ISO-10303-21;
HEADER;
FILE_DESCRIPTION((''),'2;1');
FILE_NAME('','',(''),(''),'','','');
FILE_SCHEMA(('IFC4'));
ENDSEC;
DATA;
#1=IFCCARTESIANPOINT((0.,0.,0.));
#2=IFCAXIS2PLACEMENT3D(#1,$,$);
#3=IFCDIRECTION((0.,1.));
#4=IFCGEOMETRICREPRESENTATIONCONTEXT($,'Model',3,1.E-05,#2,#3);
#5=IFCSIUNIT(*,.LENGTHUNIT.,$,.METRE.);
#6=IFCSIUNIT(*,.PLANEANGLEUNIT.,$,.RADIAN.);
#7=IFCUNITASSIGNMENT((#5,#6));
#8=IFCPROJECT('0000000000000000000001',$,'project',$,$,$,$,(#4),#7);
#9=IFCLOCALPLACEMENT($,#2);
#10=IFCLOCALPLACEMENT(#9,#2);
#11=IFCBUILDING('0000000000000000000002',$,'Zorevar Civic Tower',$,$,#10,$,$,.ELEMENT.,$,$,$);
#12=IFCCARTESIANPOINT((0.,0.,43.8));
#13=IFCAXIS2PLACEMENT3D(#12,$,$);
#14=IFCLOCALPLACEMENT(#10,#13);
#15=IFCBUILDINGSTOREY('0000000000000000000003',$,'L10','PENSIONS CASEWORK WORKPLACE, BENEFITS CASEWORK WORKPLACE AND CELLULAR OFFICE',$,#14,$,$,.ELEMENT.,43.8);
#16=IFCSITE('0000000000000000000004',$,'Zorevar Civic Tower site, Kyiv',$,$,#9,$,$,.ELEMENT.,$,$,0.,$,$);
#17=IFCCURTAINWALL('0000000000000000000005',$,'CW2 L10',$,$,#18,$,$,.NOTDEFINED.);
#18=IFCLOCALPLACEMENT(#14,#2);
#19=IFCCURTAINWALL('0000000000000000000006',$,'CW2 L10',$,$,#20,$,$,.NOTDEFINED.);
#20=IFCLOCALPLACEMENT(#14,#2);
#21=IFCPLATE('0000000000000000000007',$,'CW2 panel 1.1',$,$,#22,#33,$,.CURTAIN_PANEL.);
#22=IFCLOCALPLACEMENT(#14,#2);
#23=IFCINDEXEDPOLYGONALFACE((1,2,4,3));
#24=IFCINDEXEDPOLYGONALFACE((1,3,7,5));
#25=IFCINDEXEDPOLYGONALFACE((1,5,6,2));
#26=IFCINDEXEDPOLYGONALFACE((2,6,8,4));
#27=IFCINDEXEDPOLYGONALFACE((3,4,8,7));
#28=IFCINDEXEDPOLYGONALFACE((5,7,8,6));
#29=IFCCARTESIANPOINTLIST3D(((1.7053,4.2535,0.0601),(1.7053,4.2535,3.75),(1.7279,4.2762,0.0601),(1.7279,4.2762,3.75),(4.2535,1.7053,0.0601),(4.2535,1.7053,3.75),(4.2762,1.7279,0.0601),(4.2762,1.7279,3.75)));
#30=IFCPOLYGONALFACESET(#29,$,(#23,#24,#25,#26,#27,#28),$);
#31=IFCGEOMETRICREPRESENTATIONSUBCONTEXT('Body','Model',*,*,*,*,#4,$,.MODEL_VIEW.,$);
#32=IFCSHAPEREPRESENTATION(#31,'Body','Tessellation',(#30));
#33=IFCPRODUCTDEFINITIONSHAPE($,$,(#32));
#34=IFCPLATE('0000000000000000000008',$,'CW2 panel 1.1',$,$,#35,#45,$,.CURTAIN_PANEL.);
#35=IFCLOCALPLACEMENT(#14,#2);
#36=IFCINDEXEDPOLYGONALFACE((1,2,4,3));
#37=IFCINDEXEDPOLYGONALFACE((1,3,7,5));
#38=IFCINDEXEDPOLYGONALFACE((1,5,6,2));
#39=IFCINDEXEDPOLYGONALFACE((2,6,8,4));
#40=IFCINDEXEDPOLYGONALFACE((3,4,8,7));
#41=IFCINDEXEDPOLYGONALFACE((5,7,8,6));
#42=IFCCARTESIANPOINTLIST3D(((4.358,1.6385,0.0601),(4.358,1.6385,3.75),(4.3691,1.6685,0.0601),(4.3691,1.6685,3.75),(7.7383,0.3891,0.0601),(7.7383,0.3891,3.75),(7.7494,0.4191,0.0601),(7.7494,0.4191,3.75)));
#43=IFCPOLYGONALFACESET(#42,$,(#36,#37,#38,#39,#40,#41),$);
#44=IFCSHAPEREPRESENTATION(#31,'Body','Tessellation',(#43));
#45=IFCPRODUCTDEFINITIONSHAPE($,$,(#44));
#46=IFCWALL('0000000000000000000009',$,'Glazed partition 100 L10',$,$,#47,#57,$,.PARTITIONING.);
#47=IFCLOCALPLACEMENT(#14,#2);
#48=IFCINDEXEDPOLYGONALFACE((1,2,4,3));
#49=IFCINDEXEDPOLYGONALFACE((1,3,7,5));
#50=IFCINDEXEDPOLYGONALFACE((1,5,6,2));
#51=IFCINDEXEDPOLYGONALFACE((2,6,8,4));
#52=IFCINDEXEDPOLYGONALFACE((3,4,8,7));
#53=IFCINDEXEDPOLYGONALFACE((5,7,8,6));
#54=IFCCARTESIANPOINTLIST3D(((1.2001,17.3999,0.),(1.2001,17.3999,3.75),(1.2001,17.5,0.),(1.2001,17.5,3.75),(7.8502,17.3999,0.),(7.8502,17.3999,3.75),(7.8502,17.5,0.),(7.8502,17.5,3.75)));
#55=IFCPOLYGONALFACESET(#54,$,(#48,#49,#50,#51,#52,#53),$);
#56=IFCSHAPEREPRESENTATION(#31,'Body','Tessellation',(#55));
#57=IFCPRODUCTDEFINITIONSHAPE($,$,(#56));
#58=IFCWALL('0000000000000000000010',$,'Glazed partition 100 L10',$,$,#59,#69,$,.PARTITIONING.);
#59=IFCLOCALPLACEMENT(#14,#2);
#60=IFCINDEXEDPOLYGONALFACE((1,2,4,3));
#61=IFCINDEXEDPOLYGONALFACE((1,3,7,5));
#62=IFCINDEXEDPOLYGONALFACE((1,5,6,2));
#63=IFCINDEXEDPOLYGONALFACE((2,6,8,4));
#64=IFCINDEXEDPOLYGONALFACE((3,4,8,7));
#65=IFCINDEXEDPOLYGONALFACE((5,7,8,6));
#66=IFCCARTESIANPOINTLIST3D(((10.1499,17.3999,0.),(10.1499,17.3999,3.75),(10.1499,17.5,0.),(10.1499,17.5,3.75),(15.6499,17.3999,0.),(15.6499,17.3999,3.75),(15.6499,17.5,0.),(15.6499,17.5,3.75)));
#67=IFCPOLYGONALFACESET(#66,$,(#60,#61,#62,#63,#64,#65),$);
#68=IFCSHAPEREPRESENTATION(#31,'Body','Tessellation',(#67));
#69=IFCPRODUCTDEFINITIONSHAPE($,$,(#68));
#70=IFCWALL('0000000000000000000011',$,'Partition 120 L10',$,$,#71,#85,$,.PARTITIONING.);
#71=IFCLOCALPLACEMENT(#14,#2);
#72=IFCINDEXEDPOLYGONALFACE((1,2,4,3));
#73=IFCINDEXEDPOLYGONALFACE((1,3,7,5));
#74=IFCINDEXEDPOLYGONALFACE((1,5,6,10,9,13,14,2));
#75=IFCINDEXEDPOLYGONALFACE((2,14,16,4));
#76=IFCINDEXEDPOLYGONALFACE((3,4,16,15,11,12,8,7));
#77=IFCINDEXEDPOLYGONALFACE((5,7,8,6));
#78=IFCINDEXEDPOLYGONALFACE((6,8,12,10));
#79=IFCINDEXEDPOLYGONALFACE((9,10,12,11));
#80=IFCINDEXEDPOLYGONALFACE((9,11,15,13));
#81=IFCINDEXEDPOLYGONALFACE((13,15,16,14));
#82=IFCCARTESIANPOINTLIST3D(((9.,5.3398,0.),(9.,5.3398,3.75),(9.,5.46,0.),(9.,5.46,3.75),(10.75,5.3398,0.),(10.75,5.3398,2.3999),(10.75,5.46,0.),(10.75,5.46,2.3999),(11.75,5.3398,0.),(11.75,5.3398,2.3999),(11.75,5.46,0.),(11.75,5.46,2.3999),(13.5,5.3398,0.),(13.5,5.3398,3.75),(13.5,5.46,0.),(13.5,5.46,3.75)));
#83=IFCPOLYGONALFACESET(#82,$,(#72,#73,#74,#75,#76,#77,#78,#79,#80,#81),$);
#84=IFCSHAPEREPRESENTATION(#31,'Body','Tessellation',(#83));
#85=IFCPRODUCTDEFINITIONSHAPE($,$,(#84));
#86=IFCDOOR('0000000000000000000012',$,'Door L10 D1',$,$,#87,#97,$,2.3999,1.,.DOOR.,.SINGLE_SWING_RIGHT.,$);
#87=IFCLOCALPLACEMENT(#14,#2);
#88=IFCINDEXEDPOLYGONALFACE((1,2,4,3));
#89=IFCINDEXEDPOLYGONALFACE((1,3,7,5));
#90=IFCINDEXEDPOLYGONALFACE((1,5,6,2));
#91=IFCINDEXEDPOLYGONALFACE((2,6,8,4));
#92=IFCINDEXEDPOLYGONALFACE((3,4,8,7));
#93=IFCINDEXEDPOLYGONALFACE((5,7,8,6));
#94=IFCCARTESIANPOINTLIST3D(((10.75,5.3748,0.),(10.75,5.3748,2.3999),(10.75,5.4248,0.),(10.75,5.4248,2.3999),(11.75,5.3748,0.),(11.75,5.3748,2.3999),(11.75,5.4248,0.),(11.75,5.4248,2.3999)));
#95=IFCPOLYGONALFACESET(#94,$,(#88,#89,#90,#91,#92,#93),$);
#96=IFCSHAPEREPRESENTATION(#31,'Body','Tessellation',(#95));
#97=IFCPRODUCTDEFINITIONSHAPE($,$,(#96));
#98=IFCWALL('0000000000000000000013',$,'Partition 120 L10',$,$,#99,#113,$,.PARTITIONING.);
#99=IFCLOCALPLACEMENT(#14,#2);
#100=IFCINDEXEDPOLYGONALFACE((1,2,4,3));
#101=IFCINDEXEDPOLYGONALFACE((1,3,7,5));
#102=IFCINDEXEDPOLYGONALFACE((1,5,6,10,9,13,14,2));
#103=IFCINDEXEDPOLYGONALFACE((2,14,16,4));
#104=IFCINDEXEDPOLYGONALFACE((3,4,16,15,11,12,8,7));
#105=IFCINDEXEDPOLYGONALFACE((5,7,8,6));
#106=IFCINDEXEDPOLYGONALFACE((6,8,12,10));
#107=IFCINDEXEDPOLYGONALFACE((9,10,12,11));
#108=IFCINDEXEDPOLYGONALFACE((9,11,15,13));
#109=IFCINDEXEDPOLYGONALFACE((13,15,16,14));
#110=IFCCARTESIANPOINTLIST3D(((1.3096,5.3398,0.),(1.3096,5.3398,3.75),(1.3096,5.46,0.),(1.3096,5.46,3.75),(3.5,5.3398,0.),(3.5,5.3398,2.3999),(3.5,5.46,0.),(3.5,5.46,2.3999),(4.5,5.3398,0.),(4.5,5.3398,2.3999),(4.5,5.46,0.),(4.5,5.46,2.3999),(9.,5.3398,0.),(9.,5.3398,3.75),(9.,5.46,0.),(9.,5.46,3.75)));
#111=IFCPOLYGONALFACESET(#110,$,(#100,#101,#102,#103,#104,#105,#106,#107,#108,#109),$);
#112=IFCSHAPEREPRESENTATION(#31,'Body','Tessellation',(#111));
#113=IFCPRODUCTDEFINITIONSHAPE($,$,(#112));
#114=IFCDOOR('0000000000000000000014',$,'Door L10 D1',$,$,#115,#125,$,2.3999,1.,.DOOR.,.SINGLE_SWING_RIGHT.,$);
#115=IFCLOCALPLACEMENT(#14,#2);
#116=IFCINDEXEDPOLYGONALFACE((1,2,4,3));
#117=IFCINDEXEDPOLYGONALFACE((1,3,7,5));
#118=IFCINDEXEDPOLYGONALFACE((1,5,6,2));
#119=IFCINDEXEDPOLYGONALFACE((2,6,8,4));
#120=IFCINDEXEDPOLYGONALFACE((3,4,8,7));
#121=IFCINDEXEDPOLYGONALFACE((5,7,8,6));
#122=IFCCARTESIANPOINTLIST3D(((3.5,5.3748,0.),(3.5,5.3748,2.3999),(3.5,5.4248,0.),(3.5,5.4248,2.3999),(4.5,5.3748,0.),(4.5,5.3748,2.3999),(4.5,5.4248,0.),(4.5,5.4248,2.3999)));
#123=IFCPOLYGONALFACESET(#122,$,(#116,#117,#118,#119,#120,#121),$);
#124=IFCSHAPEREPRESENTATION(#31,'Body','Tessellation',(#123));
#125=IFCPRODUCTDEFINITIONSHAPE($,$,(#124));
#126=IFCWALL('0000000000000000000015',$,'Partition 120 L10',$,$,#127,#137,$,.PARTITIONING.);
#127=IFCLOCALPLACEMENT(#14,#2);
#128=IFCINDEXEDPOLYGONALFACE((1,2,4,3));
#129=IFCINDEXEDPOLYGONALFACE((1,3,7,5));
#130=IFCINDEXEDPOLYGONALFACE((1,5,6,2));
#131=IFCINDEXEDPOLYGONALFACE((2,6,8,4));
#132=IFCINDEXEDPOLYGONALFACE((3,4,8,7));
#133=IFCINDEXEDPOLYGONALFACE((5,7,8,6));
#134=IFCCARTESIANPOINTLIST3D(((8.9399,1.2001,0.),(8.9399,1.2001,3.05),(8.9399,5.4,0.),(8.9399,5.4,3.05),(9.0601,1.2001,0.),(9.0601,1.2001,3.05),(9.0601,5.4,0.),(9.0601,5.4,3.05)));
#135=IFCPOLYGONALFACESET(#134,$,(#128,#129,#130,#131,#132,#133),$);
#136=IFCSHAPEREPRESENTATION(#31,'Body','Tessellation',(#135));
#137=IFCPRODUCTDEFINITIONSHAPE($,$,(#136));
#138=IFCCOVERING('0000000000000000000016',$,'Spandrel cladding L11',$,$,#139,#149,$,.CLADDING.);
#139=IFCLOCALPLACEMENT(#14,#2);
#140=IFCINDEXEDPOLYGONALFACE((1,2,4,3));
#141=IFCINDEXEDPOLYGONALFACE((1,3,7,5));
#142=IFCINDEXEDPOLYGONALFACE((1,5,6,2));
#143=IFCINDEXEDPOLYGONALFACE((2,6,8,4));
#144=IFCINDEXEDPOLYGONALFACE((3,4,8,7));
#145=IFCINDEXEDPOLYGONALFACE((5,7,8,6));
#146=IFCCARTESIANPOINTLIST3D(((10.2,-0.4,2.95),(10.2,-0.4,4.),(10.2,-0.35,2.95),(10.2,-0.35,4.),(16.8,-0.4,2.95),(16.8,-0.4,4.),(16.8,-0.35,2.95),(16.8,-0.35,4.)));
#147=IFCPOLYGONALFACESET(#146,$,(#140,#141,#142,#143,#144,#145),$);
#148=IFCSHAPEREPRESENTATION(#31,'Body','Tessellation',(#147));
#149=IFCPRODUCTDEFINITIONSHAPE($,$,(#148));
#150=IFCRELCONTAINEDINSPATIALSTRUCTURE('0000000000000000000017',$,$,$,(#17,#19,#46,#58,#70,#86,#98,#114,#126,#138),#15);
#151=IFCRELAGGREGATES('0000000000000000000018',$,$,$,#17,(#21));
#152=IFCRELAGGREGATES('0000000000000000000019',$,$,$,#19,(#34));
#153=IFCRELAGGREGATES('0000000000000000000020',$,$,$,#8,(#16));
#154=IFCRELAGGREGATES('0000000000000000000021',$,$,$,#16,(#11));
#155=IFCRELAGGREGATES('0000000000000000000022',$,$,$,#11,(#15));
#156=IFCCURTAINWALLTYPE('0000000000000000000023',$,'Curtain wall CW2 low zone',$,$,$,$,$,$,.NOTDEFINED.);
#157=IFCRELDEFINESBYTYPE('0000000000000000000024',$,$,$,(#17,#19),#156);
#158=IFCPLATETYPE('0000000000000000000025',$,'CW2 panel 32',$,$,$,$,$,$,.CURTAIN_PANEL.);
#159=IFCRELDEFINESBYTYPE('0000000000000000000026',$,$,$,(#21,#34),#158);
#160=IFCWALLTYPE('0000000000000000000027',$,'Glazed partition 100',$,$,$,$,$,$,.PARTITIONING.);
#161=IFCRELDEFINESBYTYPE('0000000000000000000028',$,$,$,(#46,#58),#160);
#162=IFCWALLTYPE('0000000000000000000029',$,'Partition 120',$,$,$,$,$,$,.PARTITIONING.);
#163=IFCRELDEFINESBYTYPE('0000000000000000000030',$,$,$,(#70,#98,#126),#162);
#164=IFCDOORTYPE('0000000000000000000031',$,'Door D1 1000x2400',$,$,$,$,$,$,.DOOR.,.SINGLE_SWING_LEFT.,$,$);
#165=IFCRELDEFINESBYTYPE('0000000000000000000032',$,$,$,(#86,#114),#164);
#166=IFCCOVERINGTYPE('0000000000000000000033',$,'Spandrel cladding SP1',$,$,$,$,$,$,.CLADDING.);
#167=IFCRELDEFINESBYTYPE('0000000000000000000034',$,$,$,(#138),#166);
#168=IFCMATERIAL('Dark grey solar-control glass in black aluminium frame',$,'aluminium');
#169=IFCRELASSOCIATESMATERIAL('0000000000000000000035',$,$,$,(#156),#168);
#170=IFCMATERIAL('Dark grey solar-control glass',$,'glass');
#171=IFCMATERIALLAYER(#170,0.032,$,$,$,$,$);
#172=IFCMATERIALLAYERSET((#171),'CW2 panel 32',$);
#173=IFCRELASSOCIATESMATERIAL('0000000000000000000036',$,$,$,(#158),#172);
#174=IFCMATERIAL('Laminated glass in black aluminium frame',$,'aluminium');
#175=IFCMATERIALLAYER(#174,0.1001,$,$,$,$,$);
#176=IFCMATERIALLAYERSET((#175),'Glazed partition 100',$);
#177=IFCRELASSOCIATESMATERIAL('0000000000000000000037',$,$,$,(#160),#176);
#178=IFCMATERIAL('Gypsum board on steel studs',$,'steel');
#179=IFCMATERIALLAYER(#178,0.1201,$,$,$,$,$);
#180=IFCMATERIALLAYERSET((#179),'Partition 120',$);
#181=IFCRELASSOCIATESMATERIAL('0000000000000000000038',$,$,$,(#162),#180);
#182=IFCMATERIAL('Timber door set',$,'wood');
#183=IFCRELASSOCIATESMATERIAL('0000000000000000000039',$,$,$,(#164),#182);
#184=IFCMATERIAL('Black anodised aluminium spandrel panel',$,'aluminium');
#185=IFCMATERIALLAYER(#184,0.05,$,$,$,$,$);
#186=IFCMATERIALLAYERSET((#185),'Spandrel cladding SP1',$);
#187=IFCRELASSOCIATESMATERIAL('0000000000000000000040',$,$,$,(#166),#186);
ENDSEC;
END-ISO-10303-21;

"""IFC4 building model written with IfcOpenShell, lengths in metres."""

from ifc_helpers import new_model, si_unit, direction, frame, frame_2d, origin, origin_2d, place, context, subcontext, project, spatial, rectangle, extrude, material, layer, layer_set, type_object, element, fill, aggregate, save


model = new_model("IFC4")

# Units and contexts
model_context = context("Model", 3, precision=1e-05, world=origin(), true_north=direction((0.0, 1.0)))
body_context = subcontext(model_context, "Body", "Model", "MODEL_VIEW")
ifc_project = project(units=[si_unit("LENGTHUNIT", "METRE"), si_unit("PLANEANGLEUNIT", "RADIAN")], contexts=[model_context])

# Site, building, storey
site_placement = place(None, origin())
site = spatial("IfcSite", under=ifc_project, at=site_placement, Name="Zorevar Civic Tower site, Kyiv", CompositionType="ELEMENT", RefElevation=0.0)
building_placement = place(site_placement, origin())
building = spatial("IfcBuilding", under=site, at=building_placement, Name="Zorevar Civic Tower", CompositionType="ELEMENT")
storey_placement = place(building_placement, frame((0.0, 0.0, 43.8)))
storey = spatial("IfcBuildingStorey", under=building, at=storey_placement, Name="L10", Description="PENSIONS CASEWORK WORKPLACE, BENEFITS CASEWORK WORKPLACE AND CELLULAR OFFICE", CompositionType="ELEMENT", Elevation=43.8)

# Curtain walls
ifc_material_1 = material(Name="Dark grey solar-control glass in black aluminium frame", Category="aluminium")
curtain_wall_type = type_object("IfcCurtainWallType", Name="Curtain wall CW2 low zone", PredefinedType="NOTDEFINED", material=ifc_material_1)
curtain_wall_1_placement = place(storey_placement, origin())
curtain_wall_1 = element("IfcCurtainWall", 1, at=curtain_wall_1_placement, inside=storey, type_object=curtain_wall_type, Name="CW2 L10", PredefinedType="NOTDEFINED")
curtain_wall_2_placement = place(storey_placement, origin())
curtain_wall_2 = element("IfcCurtainWall", 2, at=curtain_wall_2_placement, inside=storey, type_object=curtain_wall_type, Name="CW2 L10", PredefinedType="NOTDEFINED")

# Plates
ifc_material_2 = material(Name="Dark grey solar-control glass", Category="glass")
ifc_layer_1 = layer(ifc_material_2, 0.032)
ifc_layer_set_1 = layer_set([ifc_layer_1], Name="CW2 panel 32")
plate_type = type_object("IfcPlateType", Name="CW2 panel 32", PredefinedType="CURTAIN_PANEL", material=ifc_layer_set_1)
plate_1_placement = place(storey_placement, frame((2.9907, 2.9907, 0.0601), z_axis=(0.0, 0.0, 1.0), x_axis=(0.707107, -0.707107, 0.0)))
plate_1 = element("IfcPlate", 3, at=plate_1_placement, type_object=plate_type, Name="CW2 panel 1.1", PredefinedType="CURTAIN_PANEL", context=body_context, shape_type="SweptSolid", body=[
    extrude(rectangle(XDim=3.6038, YDim=0.032, at=origin_2d()), origin(), (0.0, 0.0, 1.0), 3.6899),
])
aggregate(curtain_wall_1, [plate_1])
plate_2_placement = place(storey_placement, frame((6.0537, 1.0288, 0.0601), z_axis=(0.0, 0.0, 1.0), x_axis=(0.937975, -0.346704, 0.0)))
plate_2 = element("IfcPlate", 4, at=plate_2_placement, type_object=plate_type, Name="CW2 panel 1.1", PredefinedType="CURTAIN_PANEL", context=body_context, shape_type="SweptSolid", body=[
    extrude(rectangle(XDim=3.6038, YDim=0.032, at=origin_2d()), origin(), (0.0, 0.0, 1.0), 3.6899),
])
aggregate(curtain_wall_2, [plate_2])

# Walls
ifc_material_3 = material(Name="Laminated glass in black aluminium frame", Category="aluminium")
ifc_layer_2 = layer(ifc_material_3, 0.1001)
ifc_layer_set_2 = layer_set([ifc_layer_2], Name="Glazed partition 100")
wall_type_1 = type_object("IfcWallType", Name="Glazed partition 100", PredefinedType="PARTITIONING", material=ifc_layer_set_2)
wall_1_placement = place(storey_placement, frame((1.2, 17.45, 0.0), z_axis=(0.0, 0.0, 1.0), x_axis=(1.0, 0.0, 0.0)))
element("IfcWall", 5, at=wall_1_placement, inside=storey, type_object=wall_type_1, Name="Glazed partition 100 L10", PredefinedType="PARTITIONING", context=body_context, shape_type="SweptSolid", body=[
    extrude(rectangle(XDim=6.6501, YDim=0.1001, at=frame_2d((3.3252, 0.0))), origin(), (0.0, 0.0, 1.0), 3.75),
])
wall_2_placement = place(storey_placement, frame((10.1499, 17.45, 0.0), z_axis=(0.0, 0.0, 1.0), x_axis=(1.0, 0.0, 0.0)))
element("IfcWall", 6, at=wall_2_placement, inside=storey, type_object=wall_type_1, Name="Glazed partition 100 L10", PredefinedType="PARTITIONING", context=body_context, shape_type="SweptSolid", body=[
    extrude(rectangle(XDim=5.5, YDim=0.1001, at=frame_2d((2.75, 0.0))), origin(), (0.0, 0.0, 1.0), 3.75),
])

# Walls, openings, doors
ifc_material_4 = material(Name="Gypsum board on steel studs", Category="steel")
ifc_layer_3 = layer(ifc_material_4, 0.1201)
ifc_layer_set_3 = layer_set([ifc_layer_3], Name="Partition 120")
wall_type_2 = type_object("IfcWallType", Name="Partition 120", PredefinedType="PARTITIONING", material=ifc_layer_set_3)
wall_3_placement = place(storey_placement, frame((9.0, 5.3999, 0.0), z_axis=(0.0, 0.0, 1.0), x_axis=(1.0, 0.0, 0.0)))
wall_3 = element("IfcWall", 7, at=wall_3_placement, inside=storey, type_object=wall_type_2, Name="Partition 120 L10", PredefinedType="PARTITIONING", context=body_context, shape_type="SweptSolid", body=[
    extrude(rectangle(XDim=4.5, YDim=0.1201, at=frame_2d((2.25, 0.0))), origin(), (0.0, 0.0, 1.0), 3.75),
])
opening_1_placement = place(wall_3_placement, frame((1.75, 0.0, 0.0)))
opening_1 = element("IfcOpeningElement", 8, at=opening_1_placement, cuts=wall_3, PredefinedType="OPENING", context=body_context, shape_type="SweptSolid", body=[
    extrude(rectangle(XDim=1.0, YDim=2.3999, at=frame_2d((0.5, 1.2))), frame((0.0, 0.0701, 0.0), z_axis=(0.0, -1.0, 0.0), x_axis=(1.0, 0.0, 0.0)), (0.0, 0.0, 1.0), 0.1401),
])
ifc_material_5 = material(Name="Timber door set", Category="wood")
door_type = type_object("IfcDoorType", Name="Door D1 1000x2400", OperationType="SINGLE_SWING_LEFT", PredefinedType="DOOR", material=ifc_material_5)
door_1_placement = place(opening_1_placement, origin())
door_1 = element("IfcDoor", 9, at=door_1_placement, inside=storey, type_object=door_type, Name="Door L10 D1", OperationType="SINGLE_SWING_RIGHT", OverallHeight=2.3999, OverallWidth=1.0, PredefinedType="DOOR", context=body_context, shape_type="SweptSolid", body=[
    extrude(rectangle(XDim=1.0, YDim=2.3999, at=frame_2d((0.5, 1.2))), frame((0.0, 0.0249, 0.0), z_axis=(0.0, -1.0, 0.0), x_axis=(1.0, 0.0, 0.0)), (0.0, 0.0, 1.0), 0.05),
])
fill(opening_1, door_1)
wall_4_placement = place(storey_placement, frame((1.3096, 5.3999, 0.0), z_axis=(0.0, 0.0, 1.0), x_axis=(1.0, 0.0, 0.0)))
wall_4 = element("IfcWall", 10, at=wall_4_placement, inside=storey, type_object=wall_type_2, Name="Partition 120 L10", PredefinedType="PARTITIONING", context=body_context, shape_type="SweptSolid", body=[
    extrude(rectangle(XDim=7.6904, YDim=0.1201, at=frame_2d((3.8452, 0.0))), origin(), (0.0, 0.0, 1.0), 3.75),
])
opening_2_placement = place(wall_4_placement, frame((2.1904, 0.0, 0.0)))
opening_2 = element("IfcOpeningElement", 11, at=opening_2_placement, cuts=wall_4, PredefinedType="OPENING", context=body_context, shape_type="SweptSolid", body=[
    extrude(rectangle(XDim=1.0, YDim=2.3999, at=frame_2d((0.5, 1.2))), frame((0.0, 0.0701, 0.0), z_axis=(0.0, -1.0, 0.0), x_axis=(1.0, 0.0, 0.0)), (0.0, 0.0, 1.0), 0.1401),
])
door_2_placement = place(opening_2_placement, origin())
door_2 = element("IfcDoor", 12, at=door_2_placement, inside=storey, type_object=door_type, Name="Door L10 D1", OperationType="SINGLE_SWING_RIGHT", OverallHeight=2.3999, OverallWidth=1.0, PredefinedType="DOOR", context=body_context, shape_type="SweptSolid", body=[
    extrude(rectangle(XDim=1.0, YDim=2.3999, at=frame_2d((0.5, 1.2))), frame((0.0, 0.0249, 0.0), z_axis=(0.0, -1.0, 0.0), x_axis=(1.0, 0.0, 0.0)), (0.0, 0.0, 1.0), 0.05),
])
fill(opening_2, door_2)

# Wall
wall_5_placement = place(storey_placement, frame((9.0, 1.2, 0.0), z_axis=(0.0, 0.0, 1.0), x_axis=(0.0, 1.0, 0.0)))
element("IfcWall", 13, at=wall_5_placement, inside=storey, type_object=wall_type_2, Name="Partition 120 L10", PredefinedType="PARTITIONING", context=body_context, shape_type="SweptSolid", body=[
    extrude(rectangle(XDim=4.2, YDim=0.1201, at=frame_2d((2.1001, 0.0))), origin(), (0.0, 0.0, 1.0), 3.05),
])

# Covering
ifc_material_6 = material(Name="Black anodised aluminium spandrel panel", Category="aluminium")
ifc_layer_4 = layer(ifc_material_6, 0.05)
ifc_layer_set_4 = layer_set([ifc_layer_4], Name="Spandrel cladding SP1")
covering_type = type_object("IfcCoveringType", Name="Spandrel cladding SP1", PredefinedType="CLADDING", material=ifc_layer_set_4)
covering_placement = place(storey_placement, frame((10.2, -0.375, 2.95), z_axis=(0.0, 0.0, 1.0), x_axis=(1.0, 0.0, 0.0)))
element("IfcCovering", 14, at=covering_placement, inside=storey, type_object=covering_type, Name="Spandrel cladding L11", PredefinedType="CLADDING", context=body_context, shape_type="SweptSolid", body=[
    extrude(rectangle(XDim=6.6001, YDim=0.05, at=frame_2d((3.3, 0.0))), origin(), (0.0, 0.0, 1.0), 1.05),
])

save(model, "model.ifc")
